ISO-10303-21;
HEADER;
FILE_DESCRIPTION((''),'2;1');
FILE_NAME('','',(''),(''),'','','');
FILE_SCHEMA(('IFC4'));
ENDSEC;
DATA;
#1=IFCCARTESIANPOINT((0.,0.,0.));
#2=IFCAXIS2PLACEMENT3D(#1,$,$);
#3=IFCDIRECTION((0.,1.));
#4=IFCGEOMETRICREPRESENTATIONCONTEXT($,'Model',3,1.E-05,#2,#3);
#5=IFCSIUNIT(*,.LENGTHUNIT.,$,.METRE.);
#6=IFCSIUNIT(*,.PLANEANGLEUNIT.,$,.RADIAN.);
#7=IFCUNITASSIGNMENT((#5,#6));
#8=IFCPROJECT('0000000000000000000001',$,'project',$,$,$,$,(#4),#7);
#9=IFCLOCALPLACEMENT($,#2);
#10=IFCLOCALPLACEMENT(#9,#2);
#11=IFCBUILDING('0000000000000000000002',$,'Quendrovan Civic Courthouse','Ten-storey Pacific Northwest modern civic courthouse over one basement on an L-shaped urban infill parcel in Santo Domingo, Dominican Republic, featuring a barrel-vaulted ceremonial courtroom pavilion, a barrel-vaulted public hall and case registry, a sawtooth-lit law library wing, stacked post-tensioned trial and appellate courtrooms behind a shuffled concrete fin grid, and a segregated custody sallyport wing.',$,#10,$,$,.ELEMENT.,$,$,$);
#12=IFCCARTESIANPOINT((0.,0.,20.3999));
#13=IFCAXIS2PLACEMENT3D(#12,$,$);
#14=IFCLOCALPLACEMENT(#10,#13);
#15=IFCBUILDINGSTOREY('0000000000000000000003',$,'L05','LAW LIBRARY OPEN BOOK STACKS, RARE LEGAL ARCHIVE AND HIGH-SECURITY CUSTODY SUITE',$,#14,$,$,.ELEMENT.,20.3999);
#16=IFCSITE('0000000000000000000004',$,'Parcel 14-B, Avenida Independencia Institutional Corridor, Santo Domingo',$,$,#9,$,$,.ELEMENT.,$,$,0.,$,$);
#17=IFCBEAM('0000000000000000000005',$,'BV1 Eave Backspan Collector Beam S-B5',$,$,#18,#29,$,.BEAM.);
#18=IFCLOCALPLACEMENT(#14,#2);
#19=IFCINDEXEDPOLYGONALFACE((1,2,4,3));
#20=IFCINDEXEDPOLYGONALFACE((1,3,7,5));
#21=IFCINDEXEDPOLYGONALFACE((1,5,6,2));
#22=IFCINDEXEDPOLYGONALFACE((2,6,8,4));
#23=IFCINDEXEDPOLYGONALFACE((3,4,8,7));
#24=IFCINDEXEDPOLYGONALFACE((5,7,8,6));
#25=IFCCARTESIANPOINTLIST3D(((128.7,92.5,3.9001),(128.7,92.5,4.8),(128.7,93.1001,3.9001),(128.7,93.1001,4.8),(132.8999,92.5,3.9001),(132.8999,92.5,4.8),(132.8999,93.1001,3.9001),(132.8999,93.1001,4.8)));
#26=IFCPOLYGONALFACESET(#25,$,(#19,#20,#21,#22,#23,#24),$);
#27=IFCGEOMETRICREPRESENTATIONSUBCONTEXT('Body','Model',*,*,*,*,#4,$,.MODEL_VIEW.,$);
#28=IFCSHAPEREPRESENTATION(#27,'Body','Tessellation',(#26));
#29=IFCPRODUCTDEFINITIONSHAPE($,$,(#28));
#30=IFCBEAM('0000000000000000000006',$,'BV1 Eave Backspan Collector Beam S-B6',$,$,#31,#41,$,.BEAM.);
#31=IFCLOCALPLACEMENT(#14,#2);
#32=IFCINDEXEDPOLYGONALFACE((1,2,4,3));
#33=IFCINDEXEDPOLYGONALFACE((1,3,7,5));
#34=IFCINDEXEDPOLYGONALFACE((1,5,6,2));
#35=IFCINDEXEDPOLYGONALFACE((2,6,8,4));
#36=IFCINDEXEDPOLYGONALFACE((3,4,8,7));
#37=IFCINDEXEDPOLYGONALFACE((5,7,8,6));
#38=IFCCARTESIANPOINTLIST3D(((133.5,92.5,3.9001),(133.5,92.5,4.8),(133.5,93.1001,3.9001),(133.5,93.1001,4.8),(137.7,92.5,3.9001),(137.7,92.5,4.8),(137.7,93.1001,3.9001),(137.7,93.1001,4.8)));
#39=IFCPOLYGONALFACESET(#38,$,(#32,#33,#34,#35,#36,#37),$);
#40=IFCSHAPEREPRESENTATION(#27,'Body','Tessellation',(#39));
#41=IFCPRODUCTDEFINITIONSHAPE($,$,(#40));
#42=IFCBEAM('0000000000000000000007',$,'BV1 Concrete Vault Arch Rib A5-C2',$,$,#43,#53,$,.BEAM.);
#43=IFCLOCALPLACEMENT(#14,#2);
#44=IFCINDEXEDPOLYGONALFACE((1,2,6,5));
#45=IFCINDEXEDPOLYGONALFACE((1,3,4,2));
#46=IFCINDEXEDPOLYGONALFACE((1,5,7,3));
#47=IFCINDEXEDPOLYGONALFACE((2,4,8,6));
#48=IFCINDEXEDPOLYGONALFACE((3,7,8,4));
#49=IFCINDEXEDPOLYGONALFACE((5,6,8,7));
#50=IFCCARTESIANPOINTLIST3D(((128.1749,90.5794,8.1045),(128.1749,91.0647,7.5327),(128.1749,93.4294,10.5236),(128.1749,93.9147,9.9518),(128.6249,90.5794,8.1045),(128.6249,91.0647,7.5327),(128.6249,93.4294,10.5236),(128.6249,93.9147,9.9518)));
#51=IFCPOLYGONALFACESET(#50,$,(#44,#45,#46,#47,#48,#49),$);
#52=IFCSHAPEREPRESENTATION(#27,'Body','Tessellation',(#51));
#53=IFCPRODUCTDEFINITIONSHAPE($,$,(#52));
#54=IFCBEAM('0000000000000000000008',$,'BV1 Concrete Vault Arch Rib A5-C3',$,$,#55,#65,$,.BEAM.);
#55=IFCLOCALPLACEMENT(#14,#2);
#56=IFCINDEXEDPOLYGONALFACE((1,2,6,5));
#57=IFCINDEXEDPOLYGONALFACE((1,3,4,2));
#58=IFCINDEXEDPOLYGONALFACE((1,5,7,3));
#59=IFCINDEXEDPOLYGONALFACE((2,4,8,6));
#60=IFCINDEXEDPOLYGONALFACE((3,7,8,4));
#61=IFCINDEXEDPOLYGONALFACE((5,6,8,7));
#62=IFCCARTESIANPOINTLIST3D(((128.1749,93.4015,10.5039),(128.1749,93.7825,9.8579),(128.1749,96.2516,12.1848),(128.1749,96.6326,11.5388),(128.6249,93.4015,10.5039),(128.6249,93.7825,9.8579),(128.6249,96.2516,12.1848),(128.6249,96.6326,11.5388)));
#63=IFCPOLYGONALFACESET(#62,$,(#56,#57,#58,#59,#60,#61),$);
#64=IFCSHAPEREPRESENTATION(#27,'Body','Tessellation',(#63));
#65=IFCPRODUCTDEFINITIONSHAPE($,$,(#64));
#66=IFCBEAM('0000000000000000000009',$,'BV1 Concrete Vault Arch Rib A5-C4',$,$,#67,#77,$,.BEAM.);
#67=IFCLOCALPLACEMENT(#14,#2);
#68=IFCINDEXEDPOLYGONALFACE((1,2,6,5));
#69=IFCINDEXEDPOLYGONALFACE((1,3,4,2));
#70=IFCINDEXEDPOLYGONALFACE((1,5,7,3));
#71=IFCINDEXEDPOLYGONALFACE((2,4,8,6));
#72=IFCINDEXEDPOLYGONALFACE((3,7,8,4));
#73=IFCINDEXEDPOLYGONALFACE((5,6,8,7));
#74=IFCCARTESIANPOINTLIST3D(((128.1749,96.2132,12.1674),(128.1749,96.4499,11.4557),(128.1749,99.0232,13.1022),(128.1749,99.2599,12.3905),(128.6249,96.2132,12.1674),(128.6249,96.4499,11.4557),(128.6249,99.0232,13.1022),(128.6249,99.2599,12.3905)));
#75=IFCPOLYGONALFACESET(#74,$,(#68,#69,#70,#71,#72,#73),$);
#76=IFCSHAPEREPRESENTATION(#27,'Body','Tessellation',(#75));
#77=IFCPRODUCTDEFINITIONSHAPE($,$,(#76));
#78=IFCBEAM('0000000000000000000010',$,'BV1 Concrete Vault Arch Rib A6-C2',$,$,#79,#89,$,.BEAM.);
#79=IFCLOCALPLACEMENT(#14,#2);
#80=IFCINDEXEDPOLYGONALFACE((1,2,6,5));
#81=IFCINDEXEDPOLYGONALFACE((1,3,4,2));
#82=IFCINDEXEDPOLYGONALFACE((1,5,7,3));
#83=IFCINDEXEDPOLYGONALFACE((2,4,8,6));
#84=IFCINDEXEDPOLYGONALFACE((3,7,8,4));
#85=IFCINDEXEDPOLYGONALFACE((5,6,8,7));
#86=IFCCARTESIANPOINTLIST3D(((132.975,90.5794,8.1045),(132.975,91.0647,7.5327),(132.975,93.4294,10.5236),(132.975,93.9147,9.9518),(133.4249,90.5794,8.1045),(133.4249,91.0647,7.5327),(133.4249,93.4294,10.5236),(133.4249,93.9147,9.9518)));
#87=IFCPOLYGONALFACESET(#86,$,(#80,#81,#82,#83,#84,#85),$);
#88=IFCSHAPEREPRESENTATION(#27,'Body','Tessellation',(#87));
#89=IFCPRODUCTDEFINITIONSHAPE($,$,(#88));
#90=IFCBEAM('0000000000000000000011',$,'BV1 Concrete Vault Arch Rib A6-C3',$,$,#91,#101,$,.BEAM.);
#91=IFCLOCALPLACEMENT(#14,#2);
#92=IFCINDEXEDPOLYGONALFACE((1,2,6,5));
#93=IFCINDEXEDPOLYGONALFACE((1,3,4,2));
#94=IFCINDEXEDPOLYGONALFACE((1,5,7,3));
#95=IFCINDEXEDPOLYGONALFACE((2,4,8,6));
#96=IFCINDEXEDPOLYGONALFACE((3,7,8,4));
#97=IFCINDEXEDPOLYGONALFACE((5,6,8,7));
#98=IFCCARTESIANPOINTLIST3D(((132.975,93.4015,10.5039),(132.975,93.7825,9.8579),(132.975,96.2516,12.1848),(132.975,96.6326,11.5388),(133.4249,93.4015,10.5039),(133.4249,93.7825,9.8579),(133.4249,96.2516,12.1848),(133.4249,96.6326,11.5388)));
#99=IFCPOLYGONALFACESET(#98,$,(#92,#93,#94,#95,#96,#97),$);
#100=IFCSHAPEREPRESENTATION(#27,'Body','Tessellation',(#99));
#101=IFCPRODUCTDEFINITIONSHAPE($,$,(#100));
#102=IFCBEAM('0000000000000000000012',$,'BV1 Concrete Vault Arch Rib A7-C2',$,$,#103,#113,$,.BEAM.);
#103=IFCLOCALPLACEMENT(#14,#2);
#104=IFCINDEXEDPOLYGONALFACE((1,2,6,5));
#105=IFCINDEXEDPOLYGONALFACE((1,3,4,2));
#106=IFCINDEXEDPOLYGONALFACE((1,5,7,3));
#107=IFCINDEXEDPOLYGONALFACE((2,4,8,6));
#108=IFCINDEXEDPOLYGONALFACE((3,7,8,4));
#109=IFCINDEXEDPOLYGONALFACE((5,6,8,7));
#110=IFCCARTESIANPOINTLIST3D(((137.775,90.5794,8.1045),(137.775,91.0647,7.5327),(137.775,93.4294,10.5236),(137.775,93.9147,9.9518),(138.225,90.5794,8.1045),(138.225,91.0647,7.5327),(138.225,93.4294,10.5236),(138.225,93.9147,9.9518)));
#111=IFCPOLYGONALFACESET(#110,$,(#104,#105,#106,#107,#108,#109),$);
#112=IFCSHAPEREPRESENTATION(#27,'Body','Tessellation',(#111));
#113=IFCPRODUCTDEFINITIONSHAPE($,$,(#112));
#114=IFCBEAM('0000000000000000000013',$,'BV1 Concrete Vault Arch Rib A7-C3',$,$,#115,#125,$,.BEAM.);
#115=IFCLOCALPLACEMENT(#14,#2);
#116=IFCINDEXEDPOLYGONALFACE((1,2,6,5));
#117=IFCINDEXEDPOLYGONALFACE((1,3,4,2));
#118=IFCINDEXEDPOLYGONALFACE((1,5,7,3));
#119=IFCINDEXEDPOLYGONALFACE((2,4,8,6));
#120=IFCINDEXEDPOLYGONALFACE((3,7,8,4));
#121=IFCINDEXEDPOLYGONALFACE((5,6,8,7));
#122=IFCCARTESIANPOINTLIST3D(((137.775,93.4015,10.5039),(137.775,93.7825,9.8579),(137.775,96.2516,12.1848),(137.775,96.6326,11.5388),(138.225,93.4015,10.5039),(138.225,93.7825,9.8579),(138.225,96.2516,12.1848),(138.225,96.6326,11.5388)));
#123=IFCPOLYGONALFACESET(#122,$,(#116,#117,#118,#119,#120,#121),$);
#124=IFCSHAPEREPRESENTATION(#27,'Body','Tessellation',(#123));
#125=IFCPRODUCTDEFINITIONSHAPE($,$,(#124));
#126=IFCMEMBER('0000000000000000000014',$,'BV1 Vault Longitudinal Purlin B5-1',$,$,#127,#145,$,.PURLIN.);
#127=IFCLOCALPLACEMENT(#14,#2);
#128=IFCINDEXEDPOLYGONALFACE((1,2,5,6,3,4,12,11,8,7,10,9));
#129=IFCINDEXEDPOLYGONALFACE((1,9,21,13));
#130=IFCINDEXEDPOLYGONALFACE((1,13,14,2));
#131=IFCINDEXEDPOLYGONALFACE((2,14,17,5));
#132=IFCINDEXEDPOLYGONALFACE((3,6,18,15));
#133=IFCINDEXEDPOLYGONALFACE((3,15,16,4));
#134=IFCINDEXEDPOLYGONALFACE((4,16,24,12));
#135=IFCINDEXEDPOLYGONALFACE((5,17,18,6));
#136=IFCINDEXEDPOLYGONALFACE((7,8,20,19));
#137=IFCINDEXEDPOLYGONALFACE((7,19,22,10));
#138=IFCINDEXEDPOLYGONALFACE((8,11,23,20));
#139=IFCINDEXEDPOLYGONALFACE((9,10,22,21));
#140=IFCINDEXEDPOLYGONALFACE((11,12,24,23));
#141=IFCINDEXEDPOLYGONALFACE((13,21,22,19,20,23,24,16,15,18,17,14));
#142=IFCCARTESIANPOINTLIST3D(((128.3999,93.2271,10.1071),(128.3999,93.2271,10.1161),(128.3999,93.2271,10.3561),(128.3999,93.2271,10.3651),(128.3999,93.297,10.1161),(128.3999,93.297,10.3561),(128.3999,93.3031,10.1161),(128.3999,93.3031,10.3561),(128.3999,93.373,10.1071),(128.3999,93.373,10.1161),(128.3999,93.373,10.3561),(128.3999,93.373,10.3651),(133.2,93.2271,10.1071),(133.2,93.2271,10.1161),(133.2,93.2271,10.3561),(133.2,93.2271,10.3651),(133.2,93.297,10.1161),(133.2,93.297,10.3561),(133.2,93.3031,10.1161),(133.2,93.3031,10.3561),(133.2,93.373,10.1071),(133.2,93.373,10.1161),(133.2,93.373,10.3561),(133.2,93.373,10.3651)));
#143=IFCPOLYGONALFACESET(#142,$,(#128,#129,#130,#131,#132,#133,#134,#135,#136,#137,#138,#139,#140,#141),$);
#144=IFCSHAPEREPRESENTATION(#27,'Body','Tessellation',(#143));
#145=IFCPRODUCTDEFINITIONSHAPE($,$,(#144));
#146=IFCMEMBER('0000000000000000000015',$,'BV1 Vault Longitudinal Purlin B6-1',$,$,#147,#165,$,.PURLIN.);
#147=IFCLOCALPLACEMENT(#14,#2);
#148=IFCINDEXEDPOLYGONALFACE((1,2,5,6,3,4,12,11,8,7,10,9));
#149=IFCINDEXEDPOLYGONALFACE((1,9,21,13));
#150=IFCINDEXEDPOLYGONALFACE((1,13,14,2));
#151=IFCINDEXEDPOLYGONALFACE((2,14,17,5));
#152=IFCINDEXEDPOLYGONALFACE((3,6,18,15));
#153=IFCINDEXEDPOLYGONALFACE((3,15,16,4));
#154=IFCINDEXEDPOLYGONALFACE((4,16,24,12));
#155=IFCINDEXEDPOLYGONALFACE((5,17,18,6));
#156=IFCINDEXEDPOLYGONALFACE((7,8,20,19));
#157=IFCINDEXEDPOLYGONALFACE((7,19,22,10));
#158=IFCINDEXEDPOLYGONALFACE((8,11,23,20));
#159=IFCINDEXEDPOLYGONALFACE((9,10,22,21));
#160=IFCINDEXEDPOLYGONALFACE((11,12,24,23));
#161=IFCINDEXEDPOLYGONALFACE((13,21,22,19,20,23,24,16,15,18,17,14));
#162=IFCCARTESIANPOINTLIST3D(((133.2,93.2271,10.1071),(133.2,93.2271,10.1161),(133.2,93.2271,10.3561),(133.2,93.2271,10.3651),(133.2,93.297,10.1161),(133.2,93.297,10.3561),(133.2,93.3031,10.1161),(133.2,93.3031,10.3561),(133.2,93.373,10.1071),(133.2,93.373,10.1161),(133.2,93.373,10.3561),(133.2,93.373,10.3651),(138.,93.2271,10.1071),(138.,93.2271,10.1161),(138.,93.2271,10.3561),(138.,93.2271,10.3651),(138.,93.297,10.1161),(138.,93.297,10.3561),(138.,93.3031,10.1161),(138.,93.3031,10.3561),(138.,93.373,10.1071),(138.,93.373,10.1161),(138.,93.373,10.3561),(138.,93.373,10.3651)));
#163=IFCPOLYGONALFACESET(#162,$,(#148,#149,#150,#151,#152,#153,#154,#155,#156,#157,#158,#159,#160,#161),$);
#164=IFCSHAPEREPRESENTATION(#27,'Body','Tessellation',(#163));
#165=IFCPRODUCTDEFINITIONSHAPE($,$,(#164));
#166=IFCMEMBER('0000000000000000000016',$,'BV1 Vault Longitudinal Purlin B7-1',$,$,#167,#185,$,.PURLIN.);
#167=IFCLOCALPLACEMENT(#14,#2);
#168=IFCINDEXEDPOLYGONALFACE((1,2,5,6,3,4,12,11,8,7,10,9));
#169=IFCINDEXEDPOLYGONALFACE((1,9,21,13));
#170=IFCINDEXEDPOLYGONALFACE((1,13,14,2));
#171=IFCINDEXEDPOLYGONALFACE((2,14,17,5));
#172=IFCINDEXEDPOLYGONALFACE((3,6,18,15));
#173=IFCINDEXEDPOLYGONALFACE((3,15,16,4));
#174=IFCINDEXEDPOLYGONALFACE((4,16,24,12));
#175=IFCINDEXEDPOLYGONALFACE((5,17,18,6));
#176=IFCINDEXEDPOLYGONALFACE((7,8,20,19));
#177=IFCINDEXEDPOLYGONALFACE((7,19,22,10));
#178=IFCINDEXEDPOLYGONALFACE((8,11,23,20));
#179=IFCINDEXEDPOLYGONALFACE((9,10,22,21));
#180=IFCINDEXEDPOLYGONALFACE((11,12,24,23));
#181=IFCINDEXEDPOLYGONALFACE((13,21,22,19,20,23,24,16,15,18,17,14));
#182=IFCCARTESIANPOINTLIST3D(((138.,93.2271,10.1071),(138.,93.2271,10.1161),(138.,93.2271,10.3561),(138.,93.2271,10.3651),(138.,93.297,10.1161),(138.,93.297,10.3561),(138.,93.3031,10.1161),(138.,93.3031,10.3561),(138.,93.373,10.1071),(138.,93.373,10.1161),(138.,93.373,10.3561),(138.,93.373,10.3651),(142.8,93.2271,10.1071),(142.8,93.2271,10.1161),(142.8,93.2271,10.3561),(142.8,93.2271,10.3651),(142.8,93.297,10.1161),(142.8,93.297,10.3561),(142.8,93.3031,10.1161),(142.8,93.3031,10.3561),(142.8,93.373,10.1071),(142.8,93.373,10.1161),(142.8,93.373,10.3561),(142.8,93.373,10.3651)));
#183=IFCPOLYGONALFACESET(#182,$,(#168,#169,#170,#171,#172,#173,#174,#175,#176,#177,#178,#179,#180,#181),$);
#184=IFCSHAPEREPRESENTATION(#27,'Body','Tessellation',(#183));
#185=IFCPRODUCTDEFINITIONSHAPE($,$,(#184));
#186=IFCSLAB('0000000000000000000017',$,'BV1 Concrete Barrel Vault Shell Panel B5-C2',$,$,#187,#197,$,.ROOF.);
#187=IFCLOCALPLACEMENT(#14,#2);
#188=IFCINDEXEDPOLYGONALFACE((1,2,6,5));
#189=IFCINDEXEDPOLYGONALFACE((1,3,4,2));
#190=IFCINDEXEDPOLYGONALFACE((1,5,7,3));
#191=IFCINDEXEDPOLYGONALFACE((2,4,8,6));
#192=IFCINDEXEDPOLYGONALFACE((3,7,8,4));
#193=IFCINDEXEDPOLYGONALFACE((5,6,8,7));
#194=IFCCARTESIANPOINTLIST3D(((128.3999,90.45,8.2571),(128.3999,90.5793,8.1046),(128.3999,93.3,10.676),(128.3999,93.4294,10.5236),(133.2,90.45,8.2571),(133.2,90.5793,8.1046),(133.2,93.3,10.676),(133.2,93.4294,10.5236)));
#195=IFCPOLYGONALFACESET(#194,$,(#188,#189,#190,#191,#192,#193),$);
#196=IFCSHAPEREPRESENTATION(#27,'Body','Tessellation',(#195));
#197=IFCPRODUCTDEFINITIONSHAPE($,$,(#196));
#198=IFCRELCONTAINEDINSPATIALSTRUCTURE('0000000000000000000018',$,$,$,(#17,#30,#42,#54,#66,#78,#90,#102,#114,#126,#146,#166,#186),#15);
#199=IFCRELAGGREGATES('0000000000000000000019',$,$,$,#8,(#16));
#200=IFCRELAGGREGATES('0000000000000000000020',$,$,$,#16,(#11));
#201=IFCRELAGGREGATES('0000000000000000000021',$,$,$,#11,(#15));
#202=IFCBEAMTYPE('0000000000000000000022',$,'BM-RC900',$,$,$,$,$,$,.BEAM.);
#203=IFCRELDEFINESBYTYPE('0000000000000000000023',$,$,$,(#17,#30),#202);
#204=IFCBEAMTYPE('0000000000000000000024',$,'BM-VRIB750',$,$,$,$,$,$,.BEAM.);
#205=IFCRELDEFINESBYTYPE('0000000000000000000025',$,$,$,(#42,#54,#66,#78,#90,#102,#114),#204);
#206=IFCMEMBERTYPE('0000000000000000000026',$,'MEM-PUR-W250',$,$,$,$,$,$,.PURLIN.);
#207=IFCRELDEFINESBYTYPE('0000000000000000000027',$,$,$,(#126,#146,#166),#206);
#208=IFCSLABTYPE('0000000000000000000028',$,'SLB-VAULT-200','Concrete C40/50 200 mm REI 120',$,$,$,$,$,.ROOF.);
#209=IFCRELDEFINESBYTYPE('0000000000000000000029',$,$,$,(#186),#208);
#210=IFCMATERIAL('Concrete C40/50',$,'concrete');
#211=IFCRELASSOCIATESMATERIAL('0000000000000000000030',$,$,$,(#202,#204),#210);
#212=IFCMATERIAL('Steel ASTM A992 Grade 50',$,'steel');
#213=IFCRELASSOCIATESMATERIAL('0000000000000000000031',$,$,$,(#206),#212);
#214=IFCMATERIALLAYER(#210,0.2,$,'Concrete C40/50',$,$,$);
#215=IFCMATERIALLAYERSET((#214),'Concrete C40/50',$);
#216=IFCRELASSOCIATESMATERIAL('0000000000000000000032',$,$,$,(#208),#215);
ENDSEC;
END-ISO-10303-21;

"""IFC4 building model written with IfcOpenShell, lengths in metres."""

from ifc_helpers import new_model, si_unit, direction, frame, origin, origin_2d, place, context, subcontext, project, spatial, polyline, rectangle, i_section, outline, extrude, material, layer, layer_set, material_profile, profile_set, type_object, element, save


model = new_model("IFC4")

# Units and contexts
model_context = context("Model", 3, precision=1e-05, world=origin(), true_north=direction((0.0, 1.0)))
body_context = subcontext(model_context, "Body", "Model", "MODEL_VIEW")
ifc_project = project(units=[si_unit("LENGTHUNIT", "METRE"), si_unit("PLANEANGLEUNIT", "RADIAN")], contexts=[model_context])

# Site, building, storey
site_placement = place(None, origin())
site = spatial("IfcSite", under=ifc_project, at=site_placement, Name="Parcel 14-B, Avenida Independencia Institutional Corridor, Santo Domingo", CompositionType="ELEMENT", RefElevation=0.0)
building_placement = place(site_placement, origin())
building = spatial("IfcBuilding", under=site, at=building_placement, Name="Quendrovan Civic Courthouse", Description="Ten-storey Pacific Northwest modern civic courthouse over one basement on an L-shaped urban infill parcel in Santo Domingo, Dominican Republic, featuring a barrel-vaulted ceremonial courtroom pavilion, a barrel-vaulted public hall and case registry, a sawtooth-lit law library wing, stacked post-tensioned trial and appellate courtrooms behind a shuffled concrete fin grid, and a segregated custody sallyport wing.", CompositionType="ELEMENT")
storey_placement = place(building_placement, frame((0.0, 0.0, 20.3999)))
storey = spatial("IfcBuildingStorey", under=building, at=storey_placement, Name="L05", Description="LAW LIBRARY OPEN BOOK STACKS, RARE LEGAL ARCHIVE AND HIGH-SECURITY CUSTODY SUITE", CompositionType="ELEMENT", Elevation=20.3999)

# Beams
ifc_material_1 = material(Name="Concrete C40/50", Category="concrete")
ifc_material_profile_1 = material_profile(ifc_material_1, rectangle(XDim=0.6001, YDim=0.8999, at=origin_2d()), Name="RC-BM-600x900")
ifc_profile_set_1 = profile_set([ifc_material_profile_1], Name="Concrete C40/50")
beam_type_1 = type_object("IfcBeamType", Name="BM-RC900", PredefinedType="BEAM", material=ifc_profile_set_1)
for number, where, z_axis, x_axis, name in (
    (1, (128.7, 92.8, 4.3501), (1.0, 0.0, 0.0), (0.0, 1.0, 0.0), "BV1 Eave Backspan Collector Beam S-B5"),
    (2, (133.5, 92.8, 4.3501), (1.0, 0.0, 0.0), (0.0, 1.0, 0.0), "BV1 Eave Backspan Collector Beam S-B6"),
):
    element("IfcBeam", number, at=place(storey_placement, frame(where, z_axis=z_axis, x_axis=x_axis)), inside=storey, type_object=beam_type_1, Name=name, PredefinedType="BEAM", context=body_context, shape_type="SweptSolid", body=[
        extrude(rectangle(XDim=0.6001, YDim=0.8999, at=origin_2d()), origin(), (0.0, 0.0, 1.0), 4.2),
    ])
ifc_material_profile_2 = material_profile(ifc_material_1, rectangle(XDim=0.45, YDim=0.75, at=origin_2d()), Name="RC-VRIB-450x750")
ifc_profile_set_2 = profile_set([ifc_material_profile_2], Name="Concrete C40/50")
beam_type_2 = type_object("IfcBeamType", Name="BM-VRIB750", PredefinedType="BEAM", material=ifc_profile_set_2)
beam_1_placement = place(storey_placement, frame((128.3999, 90.822, 7.8186), z_axis=(0.0, 0.762387, 0.647121), x_axis=(-1.0, 0.0, 0.0)))
element("IfcBeam", 3, at=beam_1_placement, inside=storey, type_object=beam_type_2, Name="BV1 Concrete Vault Arch Rib A5-C2", PredefinedType="BEAM", context=body_context, shape_type="SweptSolid", body=[
    extrude(rectangle(XDim=0.45, YDim=0.75, at=origin_2d()), origin(), (0.0, 0.0, 1.0), 3.7383),
])
beam_2_placement = place(storey_placement, frame((128.3999, 93.592, 10.1809), z_axis=(0.0, 0.861355, 0.508003), x_axis=(-1.0, 0.0, 0.0)))
element("IfcBeam", 4, at=beam_2_placement, inside=storey, type_object=beam_type_2, Name="BV1 Concrete Vault Arch Rib A5-C3", PredefinedType="BEAM", context=body_context, shape_type="SweptSolid", body=[
    extrude(rectangle(XDim=0.45, YDim=0.75, at=origin_2d()), origin(), (0.0, 0.0, 1.0), 3.3088),
])
beam_3_placement = place(storey_placement, frame((128.3999, 96.3315, 11.8115), z_axis=(0.0, 0.948873, 0.315659), x_axis=(-1.0, 0.0, 0.0)))
element("IfcBeam", 5, at=beam_3_placement, inside=storey, type_object=beam_type_2, Name="BV1 Concrete Vault Arch Rib A5-C4", PredefinedType="BEAM", context=body_context, shape_type="SweptSolid", body=[
    extrude(rectangle(XDim=0.45, YDim=0.75, at=origin_2d()), origin(), (0.0, 0.0, 1.0), 2.9614),
])
beam_4_placement = place(storey_placement, frame((133.2, 90.822, 7.8186), z_axis=(0.0, 0.762387, 0.647121), x_axis=(-1.0, 0.0, 0.0)))
element("IfcBeam", 6, at=beam_4_placement, inside=storey, type_object=beam_type_2, Name="BV1 Concrete Vault Arch Rib A6-C2", PredefinedType="BEAM", context=body_context, shape_type="SweptSolid", body=[
    extrude(rectangle(XDim=0.45, YDim=0.75, at=origin_2d()), origin(), (0.0, 0.0, 1.0), 3.7383),
])
beam_5_placement = place(storey_placement, frame((133.2, 93.592, 10.1809), z_axis=(0.0, 0.861355, 0.508003), x_axis=(-1.0, 0.0, 0.0)))
element("IfcBeam", 7, at=beam_5_placement, inside=storey, type_object=beam_type_2, Name="BV1 Concrete Vault Arch Rib A6-C3", PredefinedType="BEAM", context=body_context, shape_type="SweptSolid", body=[
    extrude(rectangle(XDim=0.45, YDim=0.75, at=origin_2d()), origin(), (0.0, 0.0, 1.0), 3.3088),
])
beam_6_placement = place(storey_placement, frame((138.0, 90.822, 7.8186), z_axis=(0.0, 0.762387, 0.647121), x_axis=(-1.0, 0.0, 0.0)))
element("IfcBeam", 8, at=beam_6_placement, inside=storey, type_object=beam_type_2, Name="BV1 Concrete Vault Arch Rib A7-C2", PredefinedType="BEAM", context=body_context, shape_type="SweptSolid", body=[
    extrude(rectangle(XDim=0.45, YDim=0.75, at=origin_2d()), origin(), (0.0, 0.0, 1.0), 3.7383),
])
beam_7_placement = place(storey_placement, frame((138.0, 93.592, 10.1809), z_axis=(0.0, 0.861355, 0.508003), x_axis=(-1.0, 0.0, 0.0)))
element("IfcBeam", 9, at=beam_7_placement, inside=storey, type_object=beam_type_2, Name="BV1 Concrete Vault Arch Rib A7-C3", PredefinedType="BEAM", context=body_context, shape_type="SweptSolid", body=[
    extrude(rectangle(XDim=0.45, YDim=0.75, at=origin_2d()), origin(), (0.0, 0.0, 1.0), 3.3088),
])

# Members
ifc_material_2 = material(Name="Steel ASTM A992 Grade 50", Category="steel")
ifc_material_profile_3 = material_profile(ifc_material_2, i_section(OverallWidth=0.146, OverallDepth=0.2581, WebThickness=0.0061, FlangeThickness=0.009, at=origin_2d()), Name="W250x33")
ifc_profile_set_3 = profile_set([ifc_material_profile_3], Name="Steel ASTM A992 Grade 50")
member_type = type_object("IfcMemberType", Name="MEM-PUR-W250", PredefinedType="PURLIN", material=ifc_profile_set_3)
for number, where, z_axis, x_axis, name in (
    (10, (128.3999, 93.3, 10.2361), (1.0, 0.0, 0.0), (0.0, 1.0, 0.0), "BV1 Vault Longitudinal Purlin B5-1"),
    (11, (133.2, 93.3, 10.2361), (1.0, 0.0, 0.0), (0.0, 1.0, 0.0), "BV1 Vault Longitudinal Purlin B6-1"),
    (12, (138.0, 93.3, 10.2361), (1.0, 0.0, 0.0), (0.0, 1.0, 0.0), "BV1 Vault Longitudinal Purlin B7-1"),
):
    element("IfcMember", number, at=place(storey_placement, frame(where, z_axis=z_axis, x_axis=x_axis)), inside=storey, type_object=member_type, Name=name, PredefinedType="PURLIN", context=body_context, shape_type="SweptSolid", body=[
        extrude(i_section(OverallWidth=0.146, OverallDepth=0.2581, WebThickness=0.0061, FlangeThickness=0.009, at=origin_2d()), origin(), (0.0, 0.0, 1.0), 4.8),
    ])

# Slab
ifc_layer_1 = layer(ifc_material_1, 0.2, Name="Concrete C40/50")
ifc_layer_set_1 = layer_set([ifc_layer_1], Name="Concrete C40/50")
slab_type = type_object("IfcSlabType", Name="SLB-VAULT-200", Description="Concrete C40/50 200 mm REI 120", PredefinedType="ROOF", material=ifc_layer_set_1)
slab_1_placement = place(storey_placement, frame((128.3999, 90.45, 8.2571), z_axis=(0.0, -0.647083, 0.762419), x_axis=(1.0, 0.0, 0.0)))
element("IfcSlab", 13, at=slab_1_placement, inside=storey, type_object=slab_type, Name="BV1 Concrete Barrel Vault Shell Panel B5-C2", PredefinedType="ROOF", context=body_context, shape_type="SweptSolid", body=[
    extrude(outline(polyline([(0.0, 0.0), (4.8, 0.0), (4.8, 3.7382), (0.0, 3.7382), (0.0, 0.0)])), origin(), (0.0, 0.0, -1.0), 0.2),
])

save(model, "model.ifc")
